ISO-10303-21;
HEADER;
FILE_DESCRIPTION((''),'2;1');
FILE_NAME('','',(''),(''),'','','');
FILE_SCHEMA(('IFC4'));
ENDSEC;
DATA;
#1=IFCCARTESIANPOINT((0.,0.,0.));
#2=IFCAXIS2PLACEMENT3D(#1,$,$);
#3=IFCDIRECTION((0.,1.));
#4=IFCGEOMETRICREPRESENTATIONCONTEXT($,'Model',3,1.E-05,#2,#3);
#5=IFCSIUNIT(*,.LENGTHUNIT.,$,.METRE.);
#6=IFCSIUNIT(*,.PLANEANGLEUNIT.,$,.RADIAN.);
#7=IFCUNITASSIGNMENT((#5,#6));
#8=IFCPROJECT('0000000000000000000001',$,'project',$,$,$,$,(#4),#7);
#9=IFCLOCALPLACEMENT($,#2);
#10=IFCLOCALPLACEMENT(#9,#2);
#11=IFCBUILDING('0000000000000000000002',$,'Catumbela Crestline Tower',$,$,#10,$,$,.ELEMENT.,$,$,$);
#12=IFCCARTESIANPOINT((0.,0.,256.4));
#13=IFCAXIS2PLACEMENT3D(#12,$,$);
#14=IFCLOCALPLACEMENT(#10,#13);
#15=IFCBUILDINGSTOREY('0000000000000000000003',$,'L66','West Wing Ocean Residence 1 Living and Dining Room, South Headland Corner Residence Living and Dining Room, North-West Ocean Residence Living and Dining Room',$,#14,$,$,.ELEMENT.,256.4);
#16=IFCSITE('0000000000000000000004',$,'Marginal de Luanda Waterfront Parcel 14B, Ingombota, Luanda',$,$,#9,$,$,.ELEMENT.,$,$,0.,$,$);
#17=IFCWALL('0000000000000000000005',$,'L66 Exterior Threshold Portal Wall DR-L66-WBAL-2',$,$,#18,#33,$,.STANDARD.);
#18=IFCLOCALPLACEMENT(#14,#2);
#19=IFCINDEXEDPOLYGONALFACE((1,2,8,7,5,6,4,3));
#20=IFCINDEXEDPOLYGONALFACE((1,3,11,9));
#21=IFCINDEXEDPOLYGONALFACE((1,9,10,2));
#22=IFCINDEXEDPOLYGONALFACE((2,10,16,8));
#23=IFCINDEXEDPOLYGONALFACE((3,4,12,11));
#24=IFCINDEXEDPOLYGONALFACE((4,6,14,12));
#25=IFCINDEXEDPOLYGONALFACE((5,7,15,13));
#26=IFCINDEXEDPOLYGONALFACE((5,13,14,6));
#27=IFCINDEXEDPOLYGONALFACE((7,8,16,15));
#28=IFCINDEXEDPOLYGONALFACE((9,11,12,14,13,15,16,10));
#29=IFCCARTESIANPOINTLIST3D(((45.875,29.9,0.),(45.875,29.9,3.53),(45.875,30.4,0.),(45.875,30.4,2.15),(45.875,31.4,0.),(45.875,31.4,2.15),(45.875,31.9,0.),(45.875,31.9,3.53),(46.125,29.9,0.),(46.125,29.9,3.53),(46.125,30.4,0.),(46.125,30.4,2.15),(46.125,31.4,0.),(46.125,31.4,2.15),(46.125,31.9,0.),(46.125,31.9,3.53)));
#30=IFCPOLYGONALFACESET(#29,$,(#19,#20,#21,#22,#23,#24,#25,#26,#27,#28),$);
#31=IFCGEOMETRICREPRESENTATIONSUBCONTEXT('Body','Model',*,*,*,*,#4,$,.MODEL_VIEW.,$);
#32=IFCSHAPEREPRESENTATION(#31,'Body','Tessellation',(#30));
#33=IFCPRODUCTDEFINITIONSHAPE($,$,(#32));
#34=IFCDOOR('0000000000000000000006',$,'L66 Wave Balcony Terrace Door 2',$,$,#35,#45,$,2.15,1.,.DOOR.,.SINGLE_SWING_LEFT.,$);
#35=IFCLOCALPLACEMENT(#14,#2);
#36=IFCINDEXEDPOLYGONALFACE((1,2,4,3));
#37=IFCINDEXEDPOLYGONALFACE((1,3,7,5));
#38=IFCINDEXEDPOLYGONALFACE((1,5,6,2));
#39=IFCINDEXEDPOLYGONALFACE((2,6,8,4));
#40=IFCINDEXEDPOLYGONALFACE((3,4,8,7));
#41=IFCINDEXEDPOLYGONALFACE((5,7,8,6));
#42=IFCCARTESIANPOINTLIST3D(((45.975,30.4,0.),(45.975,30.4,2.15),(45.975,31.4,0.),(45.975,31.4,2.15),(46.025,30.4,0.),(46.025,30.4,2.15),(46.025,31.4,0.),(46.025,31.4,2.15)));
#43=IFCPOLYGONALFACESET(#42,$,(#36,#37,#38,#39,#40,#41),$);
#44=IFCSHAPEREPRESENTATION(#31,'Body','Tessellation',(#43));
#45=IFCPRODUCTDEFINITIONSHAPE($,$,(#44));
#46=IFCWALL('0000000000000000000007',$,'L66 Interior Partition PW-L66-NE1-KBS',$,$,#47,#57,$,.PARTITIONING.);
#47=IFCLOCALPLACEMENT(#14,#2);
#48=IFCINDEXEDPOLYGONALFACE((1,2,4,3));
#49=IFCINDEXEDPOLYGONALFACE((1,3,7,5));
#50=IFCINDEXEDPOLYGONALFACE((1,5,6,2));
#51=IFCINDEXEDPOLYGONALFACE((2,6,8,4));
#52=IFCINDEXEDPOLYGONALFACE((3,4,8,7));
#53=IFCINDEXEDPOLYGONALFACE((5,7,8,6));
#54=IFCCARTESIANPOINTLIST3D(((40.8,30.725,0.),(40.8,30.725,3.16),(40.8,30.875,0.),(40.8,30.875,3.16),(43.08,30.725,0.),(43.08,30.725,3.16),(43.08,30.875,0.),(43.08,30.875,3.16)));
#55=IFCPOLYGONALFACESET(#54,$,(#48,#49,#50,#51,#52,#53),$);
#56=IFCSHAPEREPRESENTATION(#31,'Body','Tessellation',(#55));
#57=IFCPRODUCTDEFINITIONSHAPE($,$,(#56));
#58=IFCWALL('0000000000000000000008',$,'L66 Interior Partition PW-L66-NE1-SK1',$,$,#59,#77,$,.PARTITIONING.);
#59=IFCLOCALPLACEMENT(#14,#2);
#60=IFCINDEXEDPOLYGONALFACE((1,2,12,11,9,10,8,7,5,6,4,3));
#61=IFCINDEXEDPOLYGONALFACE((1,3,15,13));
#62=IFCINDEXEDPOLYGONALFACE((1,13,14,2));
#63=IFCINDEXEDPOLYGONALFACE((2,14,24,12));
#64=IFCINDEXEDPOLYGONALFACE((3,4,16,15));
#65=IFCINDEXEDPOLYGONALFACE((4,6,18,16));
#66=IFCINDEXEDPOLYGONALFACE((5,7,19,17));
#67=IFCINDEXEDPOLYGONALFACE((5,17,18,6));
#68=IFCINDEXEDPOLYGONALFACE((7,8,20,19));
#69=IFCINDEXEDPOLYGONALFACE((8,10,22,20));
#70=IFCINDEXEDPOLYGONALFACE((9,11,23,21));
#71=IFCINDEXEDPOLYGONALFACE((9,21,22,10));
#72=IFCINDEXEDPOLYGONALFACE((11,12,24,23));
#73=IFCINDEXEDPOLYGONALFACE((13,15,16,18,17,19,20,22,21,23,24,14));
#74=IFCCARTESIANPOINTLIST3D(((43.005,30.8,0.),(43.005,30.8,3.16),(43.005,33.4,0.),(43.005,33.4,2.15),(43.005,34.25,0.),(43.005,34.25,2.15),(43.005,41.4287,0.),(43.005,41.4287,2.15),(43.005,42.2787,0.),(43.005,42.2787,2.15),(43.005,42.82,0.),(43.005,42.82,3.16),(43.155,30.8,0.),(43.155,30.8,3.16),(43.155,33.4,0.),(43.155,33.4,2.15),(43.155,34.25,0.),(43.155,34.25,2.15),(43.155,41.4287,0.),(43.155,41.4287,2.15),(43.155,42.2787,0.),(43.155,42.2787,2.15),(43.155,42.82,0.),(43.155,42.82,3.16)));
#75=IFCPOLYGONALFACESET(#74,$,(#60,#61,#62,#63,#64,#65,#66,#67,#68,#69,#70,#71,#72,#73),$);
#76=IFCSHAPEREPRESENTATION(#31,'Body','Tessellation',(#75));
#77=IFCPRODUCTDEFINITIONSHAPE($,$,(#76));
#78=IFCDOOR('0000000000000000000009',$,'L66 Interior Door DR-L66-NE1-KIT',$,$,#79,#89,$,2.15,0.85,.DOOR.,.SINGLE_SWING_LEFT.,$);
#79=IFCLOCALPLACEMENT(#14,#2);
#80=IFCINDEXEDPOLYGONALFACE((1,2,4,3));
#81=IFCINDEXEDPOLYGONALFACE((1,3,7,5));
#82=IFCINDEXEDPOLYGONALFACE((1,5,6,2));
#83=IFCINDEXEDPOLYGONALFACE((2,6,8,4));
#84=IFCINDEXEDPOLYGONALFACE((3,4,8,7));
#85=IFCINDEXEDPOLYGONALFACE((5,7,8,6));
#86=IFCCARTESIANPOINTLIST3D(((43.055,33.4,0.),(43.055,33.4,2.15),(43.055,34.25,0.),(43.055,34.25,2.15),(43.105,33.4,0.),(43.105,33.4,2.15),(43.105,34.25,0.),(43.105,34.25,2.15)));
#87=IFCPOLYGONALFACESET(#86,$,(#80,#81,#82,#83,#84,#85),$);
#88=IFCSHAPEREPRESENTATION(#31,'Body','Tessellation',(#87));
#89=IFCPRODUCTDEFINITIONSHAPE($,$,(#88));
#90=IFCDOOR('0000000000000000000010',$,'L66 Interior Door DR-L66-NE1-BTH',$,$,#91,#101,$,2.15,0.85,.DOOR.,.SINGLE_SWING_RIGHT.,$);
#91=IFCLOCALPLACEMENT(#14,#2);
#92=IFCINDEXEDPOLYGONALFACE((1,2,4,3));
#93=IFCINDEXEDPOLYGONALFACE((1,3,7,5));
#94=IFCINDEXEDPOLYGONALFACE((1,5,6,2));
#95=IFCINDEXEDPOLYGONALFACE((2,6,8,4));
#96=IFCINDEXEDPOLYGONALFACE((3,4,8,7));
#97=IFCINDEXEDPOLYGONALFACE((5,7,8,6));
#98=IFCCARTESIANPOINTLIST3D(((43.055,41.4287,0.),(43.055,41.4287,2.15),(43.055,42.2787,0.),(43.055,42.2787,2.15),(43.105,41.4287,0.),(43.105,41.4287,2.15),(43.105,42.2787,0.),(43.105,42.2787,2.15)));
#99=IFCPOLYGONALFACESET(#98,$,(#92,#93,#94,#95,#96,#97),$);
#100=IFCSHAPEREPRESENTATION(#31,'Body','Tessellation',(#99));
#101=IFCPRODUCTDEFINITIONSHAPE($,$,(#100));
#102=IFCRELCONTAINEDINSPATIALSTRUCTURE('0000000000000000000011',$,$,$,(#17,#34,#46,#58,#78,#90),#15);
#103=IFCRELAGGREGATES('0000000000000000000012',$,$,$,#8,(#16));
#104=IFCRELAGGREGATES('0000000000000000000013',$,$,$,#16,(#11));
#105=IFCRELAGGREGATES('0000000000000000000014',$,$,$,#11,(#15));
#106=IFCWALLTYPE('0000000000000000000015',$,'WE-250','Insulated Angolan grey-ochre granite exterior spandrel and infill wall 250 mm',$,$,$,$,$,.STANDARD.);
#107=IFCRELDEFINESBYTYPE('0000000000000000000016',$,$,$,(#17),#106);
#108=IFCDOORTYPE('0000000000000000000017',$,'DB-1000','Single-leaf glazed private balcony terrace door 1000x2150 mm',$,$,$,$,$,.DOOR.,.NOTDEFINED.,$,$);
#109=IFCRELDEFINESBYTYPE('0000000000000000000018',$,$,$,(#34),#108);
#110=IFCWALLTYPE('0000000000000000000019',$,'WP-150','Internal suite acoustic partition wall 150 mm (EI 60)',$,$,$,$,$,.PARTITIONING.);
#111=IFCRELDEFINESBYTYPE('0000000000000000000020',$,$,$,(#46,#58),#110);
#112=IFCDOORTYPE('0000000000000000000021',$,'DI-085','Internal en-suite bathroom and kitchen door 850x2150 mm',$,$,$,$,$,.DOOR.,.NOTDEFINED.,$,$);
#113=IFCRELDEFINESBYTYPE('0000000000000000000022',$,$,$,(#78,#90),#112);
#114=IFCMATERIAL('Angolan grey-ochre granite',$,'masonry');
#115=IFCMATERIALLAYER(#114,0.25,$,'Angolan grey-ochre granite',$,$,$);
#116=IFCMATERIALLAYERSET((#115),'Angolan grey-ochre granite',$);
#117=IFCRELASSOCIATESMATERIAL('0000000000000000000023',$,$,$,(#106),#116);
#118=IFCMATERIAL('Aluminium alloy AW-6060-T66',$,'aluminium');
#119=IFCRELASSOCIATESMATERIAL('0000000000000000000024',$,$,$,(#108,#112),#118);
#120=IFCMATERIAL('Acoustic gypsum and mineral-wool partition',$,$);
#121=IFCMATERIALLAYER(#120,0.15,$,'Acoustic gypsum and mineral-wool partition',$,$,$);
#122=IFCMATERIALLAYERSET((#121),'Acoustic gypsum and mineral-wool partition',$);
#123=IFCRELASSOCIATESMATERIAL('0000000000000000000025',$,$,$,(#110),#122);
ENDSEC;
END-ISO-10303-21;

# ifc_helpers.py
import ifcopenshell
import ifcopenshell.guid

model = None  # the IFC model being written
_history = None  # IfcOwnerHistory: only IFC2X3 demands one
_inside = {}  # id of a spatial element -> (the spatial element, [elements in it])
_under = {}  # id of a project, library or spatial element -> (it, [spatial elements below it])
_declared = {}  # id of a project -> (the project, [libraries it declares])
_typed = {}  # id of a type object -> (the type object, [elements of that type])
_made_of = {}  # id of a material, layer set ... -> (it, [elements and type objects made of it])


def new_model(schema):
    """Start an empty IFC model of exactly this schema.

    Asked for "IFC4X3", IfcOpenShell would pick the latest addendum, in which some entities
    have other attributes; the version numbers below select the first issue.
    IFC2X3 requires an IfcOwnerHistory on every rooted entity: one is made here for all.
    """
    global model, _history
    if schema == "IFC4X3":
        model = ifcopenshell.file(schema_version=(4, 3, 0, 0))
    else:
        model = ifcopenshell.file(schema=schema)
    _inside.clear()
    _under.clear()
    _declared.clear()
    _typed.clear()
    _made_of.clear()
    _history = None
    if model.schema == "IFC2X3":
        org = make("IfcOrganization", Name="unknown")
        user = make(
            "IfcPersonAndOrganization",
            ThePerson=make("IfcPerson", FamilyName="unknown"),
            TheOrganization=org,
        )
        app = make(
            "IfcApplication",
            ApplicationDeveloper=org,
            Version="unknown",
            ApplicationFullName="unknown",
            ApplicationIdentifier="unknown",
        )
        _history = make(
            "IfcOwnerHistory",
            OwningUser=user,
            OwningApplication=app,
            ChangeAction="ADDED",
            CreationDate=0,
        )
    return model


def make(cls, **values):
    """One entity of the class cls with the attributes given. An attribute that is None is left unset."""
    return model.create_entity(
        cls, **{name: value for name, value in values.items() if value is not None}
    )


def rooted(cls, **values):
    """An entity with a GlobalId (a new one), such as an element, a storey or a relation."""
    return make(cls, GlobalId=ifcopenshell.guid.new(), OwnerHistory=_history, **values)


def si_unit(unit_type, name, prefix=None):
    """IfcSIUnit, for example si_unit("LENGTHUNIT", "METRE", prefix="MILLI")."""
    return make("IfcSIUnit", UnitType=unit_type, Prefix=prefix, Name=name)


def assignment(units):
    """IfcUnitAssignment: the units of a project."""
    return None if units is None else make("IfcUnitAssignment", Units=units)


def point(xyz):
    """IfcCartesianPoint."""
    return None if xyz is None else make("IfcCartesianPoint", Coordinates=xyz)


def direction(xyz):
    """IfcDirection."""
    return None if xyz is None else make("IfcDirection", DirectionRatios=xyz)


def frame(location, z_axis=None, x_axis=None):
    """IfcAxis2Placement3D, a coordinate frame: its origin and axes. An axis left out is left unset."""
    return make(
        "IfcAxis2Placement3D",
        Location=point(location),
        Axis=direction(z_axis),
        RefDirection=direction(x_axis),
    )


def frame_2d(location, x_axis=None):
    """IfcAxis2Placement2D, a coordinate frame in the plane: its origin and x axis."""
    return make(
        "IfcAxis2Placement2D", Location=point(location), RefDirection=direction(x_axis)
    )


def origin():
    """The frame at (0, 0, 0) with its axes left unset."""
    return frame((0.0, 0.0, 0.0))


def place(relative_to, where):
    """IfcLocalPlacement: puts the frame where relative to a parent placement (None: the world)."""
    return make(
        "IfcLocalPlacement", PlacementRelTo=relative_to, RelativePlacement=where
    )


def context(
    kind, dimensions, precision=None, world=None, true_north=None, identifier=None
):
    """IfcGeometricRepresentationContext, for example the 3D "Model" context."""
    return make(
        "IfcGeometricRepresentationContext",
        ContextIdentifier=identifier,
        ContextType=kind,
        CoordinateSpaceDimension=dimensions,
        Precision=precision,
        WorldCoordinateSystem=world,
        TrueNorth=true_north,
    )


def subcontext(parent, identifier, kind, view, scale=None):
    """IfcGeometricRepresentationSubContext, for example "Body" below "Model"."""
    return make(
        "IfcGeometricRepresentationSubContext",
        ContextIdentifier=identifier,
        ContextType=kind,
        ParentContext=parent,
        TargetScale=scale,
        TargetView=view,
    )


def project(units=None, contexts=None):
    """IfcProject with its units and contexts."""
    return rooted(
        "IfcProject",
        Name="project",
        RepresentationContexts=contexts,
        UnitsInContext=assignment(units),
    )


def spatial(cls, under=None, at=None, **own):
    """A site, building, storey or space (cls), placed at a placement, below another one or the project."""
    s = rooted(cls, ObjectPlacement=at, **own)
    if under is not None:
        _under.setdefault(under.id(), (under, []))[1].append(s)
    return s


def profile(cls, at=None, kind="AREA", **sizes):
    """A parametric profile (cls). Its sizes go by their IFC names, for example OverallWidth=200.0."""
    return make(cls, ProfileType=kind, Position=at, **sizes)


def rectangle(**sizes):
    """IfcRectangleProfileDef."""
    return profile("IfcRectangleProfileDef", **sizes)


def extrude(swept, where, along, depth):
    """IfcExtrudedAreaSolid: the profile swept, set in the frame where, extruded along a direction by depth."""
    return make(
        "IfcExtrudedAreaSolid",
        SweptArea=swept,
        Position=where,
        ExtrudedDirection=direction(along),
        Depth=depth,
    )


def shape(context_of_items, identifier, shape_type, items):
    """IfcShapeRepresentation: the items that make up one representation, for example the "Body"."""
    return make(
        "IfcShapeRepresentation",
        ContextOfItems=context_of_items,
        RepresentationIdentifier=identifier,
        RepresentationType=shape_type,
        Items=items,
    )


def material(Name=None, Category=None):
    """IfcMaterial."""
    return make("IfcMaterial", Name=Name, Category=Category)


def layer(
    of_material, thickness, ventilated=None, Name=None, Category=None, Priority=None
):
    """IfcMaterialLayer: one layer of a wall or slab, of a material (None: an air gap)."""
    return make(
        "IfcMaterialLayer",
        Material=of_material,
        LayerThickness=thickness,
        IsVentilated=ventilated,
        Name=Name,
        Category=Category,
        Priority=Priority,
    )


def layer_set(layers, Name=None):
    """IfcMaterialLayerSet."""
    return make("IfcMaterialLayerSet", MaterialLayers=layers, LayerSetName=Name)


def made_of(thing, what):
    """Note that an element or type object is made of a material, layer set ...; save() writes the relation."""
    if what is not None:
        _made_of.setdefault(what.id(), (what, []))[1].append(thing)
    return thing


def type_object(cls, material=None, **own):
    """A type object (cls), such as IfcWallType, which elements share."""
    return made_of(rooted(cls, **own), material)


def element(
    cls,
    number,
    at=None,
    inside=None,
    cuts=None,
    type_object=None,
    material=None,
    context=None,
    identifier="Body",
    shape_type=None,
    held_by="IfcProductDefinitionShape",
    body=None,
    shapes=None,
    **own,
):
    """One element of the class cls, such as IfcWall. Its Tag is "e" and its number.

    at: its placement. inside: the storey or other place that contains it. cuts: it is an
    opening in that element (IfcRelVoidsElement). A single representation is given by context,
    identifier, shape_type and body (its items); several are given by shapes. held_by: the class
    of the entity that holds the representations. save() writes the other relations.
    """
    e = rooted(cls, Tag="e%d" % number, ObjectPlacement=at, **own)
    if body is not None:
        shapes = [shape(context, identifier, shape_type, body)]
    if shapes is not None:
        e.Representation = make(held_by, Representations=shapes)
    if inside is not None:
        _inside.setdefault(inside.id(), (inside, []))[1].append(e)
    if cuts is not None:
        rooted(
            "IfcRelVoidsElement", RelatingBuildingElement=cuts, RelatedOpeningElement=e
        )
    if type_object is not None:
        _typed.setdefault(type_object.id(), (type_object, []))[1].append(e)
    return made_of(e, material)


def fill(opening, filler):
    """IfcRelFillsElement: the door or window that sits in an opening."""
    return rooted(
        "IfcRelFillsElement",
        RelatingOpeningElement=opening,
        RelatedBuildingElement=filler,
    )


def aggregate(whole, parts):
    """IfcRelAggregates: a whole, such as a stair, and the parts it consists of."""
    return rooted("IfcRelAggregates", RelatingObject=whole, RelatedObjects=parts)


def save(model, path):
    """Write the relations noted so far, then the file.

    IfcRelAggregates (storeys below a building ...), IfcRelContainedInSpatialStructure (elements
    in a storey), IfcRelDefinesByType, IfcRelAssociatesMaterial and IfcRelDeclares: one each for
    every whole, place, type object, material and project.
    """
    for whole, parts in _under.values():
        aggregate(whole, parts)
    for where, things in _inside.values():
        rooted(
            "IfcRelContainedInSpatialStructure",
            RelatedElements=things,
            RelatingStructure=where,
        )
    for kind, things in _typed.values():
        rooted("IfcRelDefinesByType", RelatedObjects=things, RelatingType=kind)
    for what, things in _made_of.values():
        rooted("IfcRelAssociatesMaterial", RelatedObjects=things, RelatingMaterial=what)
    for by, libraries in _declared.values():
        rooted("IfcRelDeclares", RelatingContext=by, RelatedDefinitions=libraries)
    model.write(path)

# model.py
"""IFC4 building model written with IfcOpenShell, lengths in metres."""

from ifc_helpers import new_model, si_unit, direction, frame, frame_2d, origin, place, context, subcontext, project, spatial, rectangle, extrude, material, layer, layer_set, type_object, element, fill, save


model = new_model("IFC4")

# Units and contexts
model_context = context("Model", 3, precision=1e-05, world=origin(), true_north=direction((0.0, 1.0)))
body_context = subcontext(model_context, "Body", "Model", "MODEL_VIEW")
ifc_project = project(units=[si_unit("LENGTHUNIT", "METRE"), si_unit("PLANEANGLEUNIT", "RADIAN")], contexts=[model_context])

# Site, building, storey
site_placement = place(None, origin())
site = spatial("IfcSite", under=ifc_project, at=site_placement, Name="Marginal de Luanda Waterfront Parcel 14B, Ingombota, Luanda", CompositionType="ELEMENT", RefElevation=0.0)
building_placement = place(site_placement, origin())
building = spatial("IfcBuilding", under=site, at=building_placement, Name="Catumbela Crestline Tower", CompositionType="ELEMENT")
storey_placement = place(building_placement, frame((0.0, 0.0, 256.4)))
storey = spatial("IfcBuildingStorey", under=building, at=storey_placement, Name="L66", Description="West Wing Ocean Residence 1 Living and Dining Room, South Headland Corner Residence Living and Dining Room, North-West Ocean Residence Living and Dining Room", CompositionType="ELEMENT", Elevation=256.4)

# Shared definitions
ifc_material_1 = material(Name="Aluminium alloy AW-6060-T66", Category="aluminium")

# Wall, opening, door
ifc_material_2 = material(Name="Acoustic gypsum and mineral-wool partition")
ifc_material_3 = material(Name="Angolan grey-ochre granite", Category="masonry")
ifc_layer_1 = layer(ifc_material_3, 0.25, Name="Angolan grey-ochre granite")
ifc_layer_set_1 = layer_set([ifc_layer_1], Name="Angolan grey-ochre granite")
wall_type_1 = type_object("IfcWallType", Name="WE-250", Description="Insulated Angolan grey-ochre granite exterior spandrel and infill wall 250 mm", PredefinedType="STANDARD", material=ifc_layer_set_1)
wall_1_placement = place(storey_placement, frame((46.0, 29.9, 0.0), z_axis=(0.0, 0.0, 1.0), x_axis=(0.0, 1.0, 0.0)))
wall_1 = element("IfcWall", 1, at=wall_1_placement, inside=storey, type_object=wall_type_1, Name="L66 Exterior Threshold Portal Wall DR-L66-WBAL-2", PredefinedType="STANDARD", context=body_context, shape_type="SweptSolid", body=[
    extrude(rectangle(XDim=2.0, YDim=0.25, at=frame_2d((1.0, 0.0))), origin(), (0.0, 0.0, 1.0), 3.53),
])
opening_1_placement = place(wall_1_placement, frame((0.5, 0.0, 0.0)))
opening_1 = element("IfcOpeningElement", 2, at=opening_1_placement, cuts=wall_1, PredefinedType="OPENING", context=body_context, shape_type="SweptSolid", body=[
    extrude(rectangle(XDim=1.0, YDim=2.15, at=frame_2d((0.5, 1.075))), frame((0.0, 0.135, 0.0), z_axis=(0.0, -1.0, 0.0), x_axis=(1.0, 0.0, 0.0)), (0.0, 0.0, 1.0), 0.27),
])
door_type_1 = type_object("IfcDoorType", Name="DB-1000", Description="Single-leaf glazed private balcony terrace door 1000x2150 mm", OperationType="NOTDEFINED", PredefinedType="DOOR", material=ifc_material_1)
door_1_placement = place(opening_1_placement, origin())
door_1 = element("IfcDoor", 3, at=door_1_placement, inside=storey, type_object=door_type_1, Name="L66 Wave Balcony Terrace Door 2", OperationType="SINGLE_SWING_LEFT", OverallHeight=2.15, OverallWidth=1.0, PredefinedType="DOOR", context=body_context, shape_type="SweptSolid", body=[
    extrude(rectangle(XDim=1.0, YDim=2.15, at=frame_2d((0.5, 1.075))), frame((0.0, 0.025, 0.0), z_axis=(0.0, -1.0, 0.0), x_axis=(1.0, 0.0, 0.0)), (0.0, 0.0, 1.0), 0.05),
])
fill(opening_1, door_1)

# Wall
ifc_layer_2 = layer(ifc_material_2, 0.15, Name="Acoustic gypsum and mineral-wool partition")
ifc_layer_set_2 = layer_set([ifc_layer_2], Name="Acoustic gypsum and mineral-wool partition")
wall_type_2 = type_object("IfcWallType", Name="WP-150", Description="Internal suite acoustic partition wall 150 mm (EI 60)", PredefinedType="PARTITIONING", material=ifc_layer_set_2)
wall_2_placement = place(storey_placement, frame((40.8, 30.8, 0.0), z_axis=(0.0, 0.0, 1.0), x_axis=(1.0, 0.0, 0.0)))
element("IfcWall", 4, at=wall_2_placement, inside=storey, type_object=wall_type_2, Name="L66 Interior Partition PW-L66-NE1-KBS", PredefinedType="PARTITIONING", context=body_context, shape_type="SweptSolid", body=[
    extrude(rectangle(XDim=2.28, YDim=0.15, at=frame_2d((1.14, 0.0))), origin(), (0.0, 0.0, 1.0), 3.16),
])

# Wall, openings, doors
wall_3_placement = place(storey_placement, frame((43.08, 30.8, 0.0), z_axis=(0.0, 0.0, 1.0), x_axis=(0.0, 1.0, 0.0)))
wall_3 = element("IfcWall", 5, at=wall_3_placement, inside=storey, type_object=wall_type_2, Name="L66 Interior Partition PW-L66-NE1-SK1", PredefinedType="PARTITIONING", context=body_context, shape_type="SweptSolid", body=[
    extrude(rectangle(XDim=12.02, YDim=0.15, at=frame_2d((6.01, 0.0))), origin(), (0.0, 0.0, 1.0), 3.16),
])
opening_2_placement = place(wall_3_placement, frame((2.6, 0.0, 0.0)))
opening_2 = element("IfcOpeningElement", 6, at=opening_2_placement, cuts=wall_3, PredefinedType="OPENING", context=body_context, shape_type="SweptSolid", body=[
    extrude(rectangle(XDim=0.85, YDim=2.15, at=frame_2d((0.425, 1.075))), frame((0.0, 0.085, 0.0), z_axis=(0.0, -1.0, 0.0), x_axis=(1.0, 0.0, 0.0)), (0.0, 0.0, 1.0), 0.17),
])
opening_3_placement = place(wall_3_placement, frame((10.6287, 0.0, 0.0)))
opening_3 = element("IfcOpeningElement", 7, at=opening_3_placement, cuts=wall_3, PredefinedType="OPENING", context=body_context, shape_type="SweptSolid", body=[
    extrude(rectangle(XDim=0.85, YDim=2.15, at=frame_2d((0.425, 1.075))), frame((0.0, 0.085, 0.0), z_axis=(0.0, -1.0, 0.0), x_axis=(1.0, 0.0, 0.0)), (0.0, 0.0, 1.0), 0.17),
])
door_type_2 = type_object("IfcDoorType", Name="DI-085", Description="Internal en-suite bathroom and kitchen door 850x2150 mm", OperationType="NOTDEFINED", PredefinedType="DOOR", material=ifc_material_1)
door_2_placement = place(opening_2_placement, origin())
door_2 = element("IfcDoor", 8, at=door_2_placement, inside=storey, type_object=door_type_2, Name="L66 Interior Door DR-L66-NE1-KIT", OperationType="SINGLE_SWING_LEFT", OverallHeight=2.15, OverallWidth=0.85, PredefinedType="DOOR", context=body_context, shape_type="SweptSolid", body=[
    extrude(rectangle(XDim=0.85, YDim=2.15, at=frame_2d((0.425, 1.075))), frame((0.0, 0.025, 0.0), z_axis=(0.0, -1.0, 0.0), x_axis=(1.0, 0.0, 0.0)), (0.0, 0.0, 1.0), 0.05),
])
fill(opening_2, door_2)
door_3_placement = place(opening_3_placement, origin())
door_3 = element("IfcDoor", 9, at=door_3_placement, inside=storey, type_object=door_type_2, Name="L66 Interior Door DR-L66-NE1-BTH", OperationType="SINGLE_SWING_RIGHT", OverallHeight=2.15, OverallWidth=0.85, PredefinedType="DOOR", context=body_context, shape_type="SweptSolid", body=[
    extrude(rectangle(XDim=0.85, YDim=2.15, at=frame_2d((0.425, 1.075))), frame((0.0, 0.025, 0.0), z_axis=(0.0, -1.0, 0.0), x_axis=(1.0, 0.0, 0.0)), (0.0, 0.0, 1.0), 0.05),
])
fill(opening_3, door_3)

save(model, "model.ifc")
